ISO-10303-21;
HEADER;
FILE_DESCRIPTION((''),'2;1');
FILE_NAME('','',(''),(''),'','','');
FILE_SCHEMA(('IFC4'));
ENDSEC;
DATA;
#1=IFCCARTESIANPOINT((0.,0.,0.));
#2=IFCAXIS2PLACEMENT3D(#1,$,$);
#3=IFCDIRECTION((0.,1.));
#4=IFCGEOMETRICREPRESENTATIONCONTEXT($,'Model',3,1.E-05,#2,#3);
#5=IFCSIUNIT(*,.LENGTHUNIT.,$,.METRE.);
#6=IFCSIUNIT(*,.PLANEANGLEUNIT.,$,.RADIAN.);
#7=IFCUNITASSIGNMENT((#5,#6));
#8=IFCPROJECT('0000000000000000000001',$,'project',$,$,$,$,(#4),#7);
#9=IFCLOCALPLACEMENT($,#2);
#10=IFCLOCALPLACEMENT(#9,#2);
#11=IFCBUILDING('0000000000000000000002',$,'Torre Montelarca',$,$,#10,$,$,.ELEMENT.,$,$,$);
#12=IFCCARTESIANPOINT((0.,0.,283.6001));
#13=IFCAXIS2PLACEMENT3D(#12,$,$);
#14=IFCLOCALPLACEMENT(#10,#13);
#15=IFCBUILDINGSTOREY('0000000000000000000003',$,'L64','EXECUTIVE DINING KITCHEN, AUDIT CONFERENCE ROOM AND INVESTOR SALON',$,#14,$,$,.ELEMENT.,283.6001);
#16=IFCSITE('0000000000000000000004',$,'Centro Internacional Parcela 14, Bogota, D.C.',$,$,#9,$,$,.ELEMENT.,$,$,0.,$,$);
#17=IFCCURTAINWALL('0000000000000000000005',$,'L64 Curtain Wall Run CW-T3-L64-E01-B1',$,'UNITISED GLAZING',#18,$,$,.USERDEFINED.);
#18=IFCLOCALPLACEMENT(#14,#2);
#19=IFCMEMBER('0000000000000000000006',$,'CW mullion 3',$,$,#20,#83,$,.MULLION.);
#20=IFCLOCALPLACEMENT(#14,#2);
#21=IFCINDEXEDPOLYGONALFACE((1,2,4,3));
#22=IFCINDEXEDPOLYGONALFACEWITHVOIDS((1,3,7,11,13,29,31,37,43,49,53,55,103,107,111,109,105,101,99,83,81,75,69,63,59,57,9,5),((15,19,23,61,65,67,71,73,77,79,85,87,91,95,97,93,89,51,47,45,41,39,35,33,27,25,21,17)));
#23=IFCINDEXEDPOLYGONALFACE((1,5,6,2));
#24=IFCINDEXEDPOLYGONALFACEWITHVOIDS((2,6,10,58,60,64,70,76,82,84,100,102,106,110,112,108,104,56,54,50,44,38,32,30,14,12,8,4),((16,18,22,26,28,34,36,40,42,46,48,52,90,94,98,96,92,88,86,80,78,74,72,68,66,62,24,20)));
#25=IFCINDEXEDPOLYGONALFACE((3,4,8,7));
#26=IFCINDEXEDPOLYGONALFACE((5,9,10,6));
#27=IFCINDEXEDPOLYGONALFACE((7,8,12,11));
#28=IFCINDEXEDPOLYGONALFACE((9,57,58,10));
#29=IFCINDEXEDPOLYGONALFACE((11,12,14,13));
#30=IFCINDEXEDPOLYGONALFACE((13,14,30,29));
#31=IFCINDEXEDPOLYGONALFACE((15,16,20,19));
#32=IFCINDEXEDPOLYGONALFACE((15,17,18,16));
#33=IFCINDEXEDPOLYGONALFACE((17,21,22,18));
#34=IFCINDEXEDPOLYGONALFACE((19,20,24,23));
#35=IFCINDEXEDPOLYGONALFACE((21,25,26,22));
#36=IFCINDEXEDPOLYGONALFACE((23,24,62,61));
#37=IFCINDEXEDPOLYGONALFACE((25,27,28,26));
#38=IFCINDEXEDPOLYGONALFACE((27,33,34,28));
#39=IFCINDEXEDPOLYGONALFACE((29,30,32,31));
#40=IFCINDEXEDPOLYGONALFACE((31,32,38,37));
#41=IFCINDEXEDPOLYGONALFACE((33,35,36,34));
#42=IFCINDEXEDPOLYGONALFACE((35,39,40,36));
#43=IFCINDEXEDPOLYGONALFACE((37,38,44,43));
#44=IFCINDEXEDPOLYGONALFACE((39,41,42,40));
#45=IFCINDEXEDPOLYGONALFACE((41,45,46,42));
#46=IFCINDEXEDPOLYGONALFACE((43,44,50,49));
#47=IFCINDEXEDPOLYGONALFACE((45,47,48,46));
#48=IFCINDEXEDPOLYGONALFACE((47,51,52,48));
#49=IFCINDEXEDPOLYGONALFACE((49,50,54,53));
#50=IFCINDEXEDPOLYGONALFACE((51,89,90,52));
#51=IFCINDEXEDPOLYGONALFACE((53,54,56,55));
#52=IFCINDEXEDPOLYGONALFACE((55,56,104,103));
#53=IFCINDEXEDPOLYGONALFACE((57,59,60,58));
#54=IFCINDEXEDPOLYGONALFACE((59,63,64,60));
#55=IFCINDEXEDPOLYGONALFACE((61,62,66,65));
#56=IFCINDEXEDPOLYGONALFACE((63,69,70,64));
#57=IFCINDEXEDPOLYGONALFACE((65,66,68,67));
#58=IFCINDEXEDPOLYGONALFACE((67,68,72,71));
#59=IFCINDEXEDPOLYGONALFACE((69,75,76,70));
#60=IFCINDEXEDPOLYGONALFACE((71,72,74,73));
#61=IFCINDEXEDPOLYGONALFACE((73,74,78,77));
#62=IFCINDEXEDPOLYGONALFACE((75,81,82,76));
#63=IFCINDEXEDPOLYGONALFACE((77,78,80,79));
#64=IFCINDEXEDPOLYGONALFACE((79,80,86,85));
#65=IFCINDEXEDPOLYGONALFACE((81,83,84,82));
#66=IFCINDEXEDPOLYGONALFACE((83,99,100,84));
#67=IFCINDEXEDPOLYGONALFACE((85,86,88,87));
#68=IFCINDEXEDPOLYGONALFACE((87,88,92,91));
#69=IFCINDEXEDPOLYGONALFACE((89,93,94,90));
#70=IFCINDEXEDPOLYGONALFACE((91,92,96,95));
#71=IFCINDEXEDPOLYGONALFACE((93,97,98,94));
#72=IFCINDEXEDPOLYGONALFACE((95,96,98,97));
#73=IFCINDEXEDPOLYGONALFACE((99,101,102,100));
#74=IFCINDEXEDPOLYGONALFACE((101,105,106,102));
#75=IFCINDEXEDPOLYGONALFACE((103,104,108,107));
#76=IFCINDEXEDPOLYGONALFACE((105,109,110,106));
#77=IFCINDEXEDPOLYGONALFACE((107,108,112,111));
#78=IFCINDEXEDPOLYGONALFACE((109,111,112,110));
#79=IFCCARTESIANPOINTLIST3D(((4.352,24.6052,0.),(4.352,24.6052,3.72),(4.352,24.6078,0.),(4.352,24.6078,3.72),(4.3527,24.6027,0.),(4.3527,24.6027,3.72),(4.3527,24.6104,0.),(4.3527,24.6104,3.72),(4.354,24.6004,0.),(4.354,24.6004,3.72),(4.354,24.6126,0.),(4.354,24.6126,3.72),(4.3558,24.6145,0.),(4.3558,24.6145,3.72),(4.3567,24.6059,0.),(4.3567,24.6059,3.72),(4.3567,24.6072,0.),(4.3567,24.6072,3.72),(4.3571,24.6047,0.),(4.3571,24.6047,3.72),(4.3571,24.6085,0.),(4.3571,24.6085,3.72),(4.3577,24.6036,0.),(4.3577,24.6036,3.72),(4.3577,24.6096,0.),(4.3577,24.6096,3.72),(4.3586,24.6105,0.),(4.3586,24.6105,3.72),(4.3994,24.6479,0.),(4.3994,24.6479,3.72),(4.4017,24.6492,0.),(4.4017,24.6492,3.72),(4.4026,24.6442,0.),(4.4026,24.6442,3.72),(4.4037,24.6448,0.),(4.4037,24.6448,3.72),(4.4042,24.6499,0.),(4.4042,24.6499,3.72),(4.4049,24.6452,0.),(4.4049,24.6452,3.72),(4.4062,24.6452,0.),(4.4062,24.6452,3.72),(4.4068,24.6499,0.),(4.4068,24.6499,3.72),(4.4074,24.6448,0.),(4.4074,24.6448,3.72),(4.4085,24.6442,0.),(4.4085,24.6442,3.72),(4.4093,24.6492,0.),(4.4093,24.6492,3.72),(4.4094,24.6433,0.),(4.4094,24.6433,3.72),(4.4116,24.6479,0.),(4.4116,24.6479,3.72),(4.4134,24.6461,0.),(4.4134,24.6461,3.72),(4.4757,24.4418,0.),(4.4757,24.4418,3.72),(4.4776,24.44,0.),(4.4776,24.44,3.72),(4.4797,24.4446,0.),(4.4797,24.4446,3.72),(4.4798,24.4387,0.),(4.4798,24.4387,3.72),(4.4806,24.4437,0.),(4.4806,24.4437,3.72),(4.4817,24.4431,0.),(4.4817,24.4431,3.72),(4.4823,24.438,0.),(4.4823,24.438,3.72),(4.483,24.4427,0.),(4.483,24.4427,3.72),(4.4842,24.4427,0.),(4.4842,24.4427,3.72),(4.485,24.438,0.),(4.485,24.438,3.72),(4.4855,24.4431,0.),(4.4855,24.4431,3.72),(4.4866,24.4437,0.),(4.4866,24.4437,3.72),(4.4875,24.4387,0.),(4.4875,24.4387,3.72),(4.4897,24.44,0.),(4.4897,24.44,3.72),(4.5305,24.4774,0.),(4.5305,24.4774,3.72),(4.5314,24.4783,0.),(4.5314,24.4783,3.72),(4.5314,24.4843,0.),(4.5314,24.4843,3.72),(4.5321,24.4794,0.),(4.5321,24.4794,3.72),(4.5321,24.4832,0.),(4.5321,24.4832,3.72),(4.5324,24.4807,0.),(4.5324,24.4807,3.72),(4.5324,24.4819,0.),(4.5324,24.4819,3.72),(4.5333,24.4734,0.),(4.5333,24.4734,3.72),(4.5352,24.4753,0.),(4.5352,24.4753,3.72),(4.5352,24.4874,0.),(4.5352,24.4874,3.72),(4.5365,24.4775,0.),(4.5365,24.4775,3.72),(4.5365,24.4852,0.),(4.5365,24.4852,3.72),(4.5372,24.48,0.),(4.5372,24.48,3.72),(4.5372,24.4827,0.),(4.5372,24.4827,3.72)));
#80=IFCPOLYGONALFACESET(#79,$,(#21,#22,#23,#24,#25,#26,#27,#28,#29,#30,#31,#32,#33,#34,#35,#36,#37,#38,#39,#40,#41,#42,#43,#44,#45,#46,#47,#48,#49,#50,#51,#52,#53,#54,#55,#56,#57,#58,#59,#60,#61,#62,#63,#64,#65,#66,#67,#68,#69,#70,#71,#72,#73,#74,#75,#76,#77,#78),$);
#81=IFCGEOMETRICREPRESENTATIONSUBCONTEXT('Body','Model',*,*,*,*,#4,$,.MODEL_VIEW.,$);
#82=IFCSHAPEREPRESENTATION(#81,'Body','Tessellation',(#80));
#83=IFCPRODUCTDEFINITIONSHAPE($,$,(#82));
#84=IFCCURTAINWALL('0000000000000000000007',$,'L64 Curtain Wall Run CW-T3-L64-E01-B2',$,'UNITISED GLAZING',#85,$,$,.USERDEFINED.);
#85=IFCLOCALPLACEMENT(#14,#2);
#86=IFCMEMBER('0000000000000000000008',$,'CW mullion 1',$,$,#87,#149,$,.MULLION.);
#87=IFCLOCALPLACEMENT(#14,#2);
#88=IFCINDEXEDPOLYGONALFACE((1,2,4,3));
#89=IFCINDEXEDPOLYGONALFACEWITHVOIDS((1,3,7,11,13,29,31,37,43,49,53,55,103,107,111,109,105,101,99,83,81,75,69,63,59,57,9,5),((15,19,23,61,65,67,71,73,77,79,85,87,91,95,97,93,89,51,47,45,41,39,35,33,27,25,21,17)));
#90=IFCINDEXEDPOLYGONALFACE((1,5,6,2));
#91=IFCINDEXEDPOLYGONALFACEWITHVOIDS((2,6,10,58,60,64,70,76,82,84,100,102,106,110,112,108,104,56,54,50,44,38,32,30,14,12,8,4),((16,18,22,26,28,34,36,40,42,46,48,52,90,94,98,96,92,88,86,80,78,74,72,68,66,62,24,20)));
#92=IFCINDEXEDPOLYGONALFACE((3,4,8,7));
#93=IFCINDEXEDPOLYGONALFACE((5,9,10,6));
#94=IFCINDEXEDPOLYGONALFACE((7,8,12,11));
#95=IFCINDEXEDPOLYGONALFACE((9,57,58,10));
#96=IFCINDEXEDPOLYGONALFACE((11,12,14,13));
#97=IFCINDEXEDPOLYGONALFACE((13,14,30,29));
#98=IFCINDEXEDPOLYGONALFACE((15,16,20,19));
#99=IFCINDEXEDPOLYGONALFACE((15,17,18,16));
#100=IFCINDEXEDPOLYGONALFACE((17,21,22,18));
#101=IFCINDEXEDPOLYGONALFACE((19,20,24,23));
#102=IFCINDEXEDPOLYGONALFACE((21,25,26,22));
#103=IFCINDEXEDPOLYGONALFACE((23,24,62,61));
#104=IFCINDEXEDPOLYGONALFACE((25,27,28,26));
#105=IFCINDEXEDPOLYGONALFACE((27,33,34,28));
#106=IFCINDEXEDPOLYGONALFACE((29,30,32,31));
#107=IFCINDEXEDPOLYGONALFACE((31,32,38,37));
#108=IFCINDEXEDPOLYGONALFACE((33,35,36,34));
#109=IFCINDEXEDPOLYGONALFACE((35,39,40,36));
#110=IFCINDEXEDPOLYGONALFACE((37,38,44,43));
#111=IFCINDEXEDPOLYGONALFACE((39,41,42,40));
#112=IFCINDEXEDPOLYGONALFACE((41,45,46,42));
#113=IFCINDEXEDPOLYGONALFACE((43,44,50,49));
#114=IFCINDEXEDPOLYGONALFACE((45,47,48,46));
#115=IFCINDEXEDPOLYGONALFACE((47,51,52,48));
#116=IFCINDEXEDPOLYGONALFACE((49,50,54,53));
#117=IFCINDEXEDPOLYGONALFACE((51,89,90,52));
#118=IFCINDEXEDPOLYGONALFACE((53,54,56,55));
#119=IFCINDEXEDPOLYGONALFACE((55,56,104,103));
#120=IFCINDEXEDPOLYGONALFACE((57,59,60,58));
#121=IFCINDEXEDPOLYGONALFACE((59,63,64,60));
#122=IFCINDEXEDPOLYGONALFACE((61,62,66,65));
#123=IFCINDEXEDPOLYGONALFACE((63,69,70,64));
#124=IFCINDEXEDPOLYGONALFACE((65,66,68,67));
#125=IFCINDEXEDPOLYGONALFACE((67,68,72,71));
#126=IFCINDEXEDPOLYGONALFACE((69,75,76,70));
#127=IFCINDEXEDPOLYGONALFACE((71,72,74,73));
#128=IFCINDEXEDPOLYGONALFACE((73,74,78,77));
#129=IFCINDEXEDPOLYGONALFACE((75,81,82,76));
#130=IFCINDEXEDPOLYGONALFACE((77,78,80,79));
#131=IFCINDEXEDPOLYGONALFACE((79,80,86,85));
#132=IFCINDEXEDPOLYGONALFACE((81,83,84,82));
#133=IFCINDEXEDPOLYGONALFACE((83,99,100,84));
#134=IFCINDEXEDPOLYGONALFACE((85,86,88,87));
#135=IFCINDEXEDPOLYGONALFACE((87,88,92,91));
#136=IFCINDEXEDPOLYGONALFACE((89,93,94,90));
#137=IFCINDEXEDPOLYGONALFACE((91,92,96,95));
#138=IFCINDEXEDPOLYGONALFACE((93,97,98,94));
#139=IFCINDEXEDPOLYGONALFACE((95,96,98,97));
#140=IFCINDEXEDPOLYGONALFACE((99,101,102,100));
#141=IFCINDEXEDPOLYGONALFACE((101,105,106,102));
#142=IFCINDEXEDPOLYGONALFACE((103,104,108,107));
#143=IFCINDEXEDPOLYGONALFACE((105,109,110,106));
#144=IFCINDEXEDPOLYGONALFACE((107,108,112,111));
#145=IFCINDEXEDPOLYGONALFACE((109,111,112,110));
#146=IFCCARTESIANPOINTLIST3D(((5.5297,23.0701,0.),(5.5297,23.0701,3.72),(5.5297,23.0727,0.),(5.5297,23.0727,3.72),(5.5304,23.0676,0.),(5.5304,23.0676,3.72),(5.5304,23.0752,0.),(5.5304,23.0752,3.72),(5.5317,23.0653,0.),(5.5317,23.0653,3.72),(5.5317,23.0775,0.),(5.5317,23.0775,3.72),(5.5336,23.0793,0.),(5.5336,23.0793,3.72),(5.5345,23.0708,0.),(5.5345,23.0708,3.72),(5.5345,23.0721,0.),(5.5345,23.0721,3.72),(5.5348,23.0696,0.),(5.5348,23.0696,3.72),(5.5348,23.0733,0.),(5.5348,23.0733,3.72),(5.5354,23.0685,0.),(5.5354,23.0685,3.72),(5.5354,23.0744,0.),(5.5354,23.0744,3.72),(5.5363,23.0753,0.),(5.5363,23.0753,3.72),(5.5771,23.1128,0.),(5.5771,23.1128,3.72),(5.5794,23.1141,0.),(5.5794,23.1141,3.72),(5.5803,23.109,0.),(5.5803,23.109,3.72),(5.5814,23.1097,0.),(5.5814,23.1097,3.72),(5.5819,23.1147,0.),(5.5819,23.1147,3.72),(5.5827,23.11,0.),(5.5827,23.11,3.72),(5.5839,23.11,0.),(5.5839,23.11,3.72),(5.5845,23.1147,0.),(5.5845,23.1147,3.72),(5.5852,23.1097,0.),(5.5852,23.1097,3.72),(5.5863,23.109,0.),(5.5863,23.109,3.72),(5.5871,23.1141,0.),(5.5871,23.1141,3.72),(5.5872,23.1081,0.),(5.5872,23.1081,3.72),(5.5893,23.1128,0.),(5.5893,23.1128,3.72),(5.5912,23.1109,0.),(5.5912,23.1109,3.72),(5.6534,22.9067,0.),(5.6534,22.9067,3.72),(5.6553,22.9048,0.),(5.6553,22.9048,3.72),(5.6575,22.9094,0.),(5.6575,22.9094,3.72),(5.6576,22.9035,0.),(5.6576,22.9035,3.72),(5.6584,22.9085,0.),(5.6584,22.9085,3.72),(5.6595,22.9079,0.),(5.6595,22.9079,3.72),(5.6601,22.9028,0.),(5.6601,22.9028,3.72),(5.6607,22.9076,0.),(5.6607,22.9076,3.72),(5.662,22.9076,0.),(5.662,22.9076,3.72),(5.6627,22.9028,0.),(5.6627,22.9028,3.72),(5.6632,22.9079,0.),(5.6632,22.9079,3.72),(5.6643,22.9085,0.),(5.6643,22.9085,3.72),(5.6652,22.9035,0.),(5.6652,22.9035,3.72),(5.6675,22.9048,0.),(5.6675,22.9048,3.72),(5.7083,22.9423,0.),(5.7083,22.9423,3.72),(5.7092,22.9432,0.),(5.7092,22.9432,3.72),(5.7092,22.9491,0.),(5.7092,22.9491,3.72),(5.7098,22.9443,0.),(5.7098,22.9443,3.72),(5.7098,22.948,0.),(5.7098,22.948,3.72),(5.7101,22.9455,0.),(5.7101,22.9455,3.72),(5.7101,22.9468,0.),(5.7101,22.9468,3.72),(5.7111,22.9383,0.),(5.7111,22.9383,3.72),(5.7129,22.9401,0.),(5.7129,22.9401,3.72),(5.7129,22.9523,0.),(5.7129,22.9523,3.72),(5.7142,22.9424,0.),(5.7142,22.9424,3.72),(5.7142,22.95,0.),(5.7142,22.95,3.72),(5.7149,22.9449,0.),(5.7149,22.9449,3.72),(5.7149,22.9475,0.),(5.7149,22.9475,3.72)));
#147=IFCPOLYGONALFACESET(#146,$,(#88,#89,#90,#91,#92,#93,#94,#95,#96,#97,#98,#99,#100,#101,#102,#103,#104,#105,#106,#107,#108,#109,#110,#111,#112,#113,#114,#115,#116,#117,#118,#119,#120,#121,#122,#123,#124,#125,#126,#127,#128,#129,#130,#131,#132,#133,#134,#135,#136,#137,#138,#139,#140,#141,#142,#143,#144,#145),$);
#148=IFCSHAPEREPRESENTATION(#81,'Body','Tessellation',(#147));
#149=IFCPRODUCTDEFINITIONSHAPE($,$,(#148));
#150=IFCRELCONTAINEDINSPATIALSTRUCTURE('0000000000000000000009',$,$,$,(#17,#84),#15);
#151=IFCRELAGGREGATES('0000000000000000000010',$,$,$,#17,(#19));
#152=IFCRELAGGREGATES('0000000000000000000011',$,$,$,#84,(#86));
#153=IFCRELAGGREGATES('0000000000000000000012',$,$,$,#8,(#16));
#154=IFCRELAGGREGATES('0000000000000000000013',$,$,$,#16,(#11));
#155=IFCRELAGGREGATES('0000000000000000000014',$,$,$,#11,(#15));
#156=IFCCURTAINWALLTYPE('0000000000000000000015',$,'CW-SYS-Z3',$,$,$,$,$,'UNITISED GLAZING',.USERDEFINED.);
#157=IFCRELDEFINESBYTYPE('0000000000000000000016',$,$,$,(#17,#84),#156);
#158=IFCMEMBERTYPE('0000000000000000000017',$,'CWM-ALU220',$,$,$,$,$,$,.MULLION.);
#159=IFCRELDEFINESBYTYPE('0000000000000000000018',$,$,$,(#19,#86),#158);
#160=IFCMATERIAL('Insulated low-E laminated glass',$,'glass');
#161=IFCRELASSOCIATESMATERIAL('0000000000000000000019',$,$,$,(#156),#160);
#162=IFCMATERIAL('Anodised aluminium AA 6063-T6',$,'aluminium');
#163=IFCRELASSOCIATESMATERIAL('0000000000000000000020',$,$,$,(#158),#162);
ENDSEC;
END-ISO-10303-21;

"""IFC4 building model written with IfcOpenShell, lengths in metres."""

from ifc_helpers import new_model, si_unit, direction, frame, origin, origin_2d, place, context, subcontext, project, spatial, hollow_rectangle, extrude, source, transform, mapped, material, material_profile, profile_set, type_object, element, aggregate, save


model = new_model("IFC4")

# Units and contexts
model_context = context("Model", 3, precision=1e-05, world=origin(), true_north=direction((0.0, 1.0)))
body_context = subcontext(model_context, "Body", "Model", "MODEL_VIEW")
ifc_project = project(units=[si_unit("LENGTHUNIT", "METRE"), si_unit("PLANEANGLEUNIT", "RADIAN")], contexts=[model_context])

# Site, building, storey
site_placement = place(None, origin())
site = spatial("IfcSite", under=ifc_project, at=site_placement, Name="Centro Internacional Parcela 14, Bogota, D.C.", CompositionType="ELEMENT", RefElevation=0.0)
building_placement = place(site_placement, origin())
building = spatial("IfcBuilding", under=site, at=building_placement, Name="Torre Montelarca", CompositionType="ELEMENT")
storey_placement = place(building_placement, frame((0.0, 0.0, 283.6001)))
storey = spatial("IfcBuildingStorey", under=building, at=storey_placement, Name="L64", Description="EXECUTIVE DINING KITCHEN, AUDIT CONFERENCE ROOM AND INVESTOR SALON", CompositionType="ELEMENT", Elevation=283.6001)

# Curtain walls, members
ifc_material_1 = material(Name="Insulated low-E laminated glass", Category="glass")
curtain_wall_type = type_object("IfcCurtainWallType", Name="CW-SYS-Z3", ElementType="UNITISED GLAZING", PredefinedType="USERDEFINED", material=ifc_material_1)
curtain_wall_1_placement = place(storey_placement, origin())
curtain_wall_1 = element("IfcCurtainWall", 1, at=curtain_wall_1_placement, inside=storey, type_object=curtain_wall_type, Name="L64 Curtain Wall Run CW-T3-L64-E01-B1", ObjectType="UNITISED GLAZING", PredefinedType="USERDEFINED")
ifc_material_2 = material(Name="Anodised aluminium AA 6063-T6", Category="aluminium")
ifc_material_profile_1 = material_profile(ifc_material_2, hollow_rectangle(XDim=0.075, YDim=0.22, WallThickness=0.0049, InnerFilletRadius=0.0049, OuterFilletRadius=0.01, at=origin_2d()), Name="ALU75X220X5", Category="aluminium")
ifc_profile_set_1 = profile_set([ifc_material_profile_1], Name="Anodised aluminium AA 6063-T6")
member_type_1 = type_object("IfcMemberType", Name="CWM-ALU220", PredefinedType="MULLION", material=ifc_profile_set_1)
shared_shape_1 = source(origin(), body_context, "Body", "SweptSolid", [
    extrude(hollow_rectangle(XDim=0.075, YDim=0.22, WallThickness=0.0049, InnerFilletRadius=0.0049, OuterFilletRadius=0.01, at=origin_2d()), origin(), (0.0, 0.0, 1.0), 3.72),
])
member_1_placement = place(storey_placement, frame((4.4446, 24.5439, 0.0), z_axis=(0.0, 0.0, 1.0), x_axis=(0.793348, 0.608768, 0.0)))
member_1 = element("IfcMember", 2, at=member_1_placement, type_object=member_type_1, Name="CW mullion 3", PredefinedType="MULLION", context=body_context, shape_type="MappedRepresentation", body=[
    mapped(shared_shape_1, transform((0.0, 0.0, 0.0), scale=1.0)),
])
curtain_wall_2_placement = place(storey_placement, origin())
curtain_wall_2 = element("IfcCurtainWall", 3, at=curtain_wall_2_placement, inside=storey, type_object=curtain_wall_type, Name="L64 Curtain Wall Run CW-T3-L64-E01-B2", ObjectType="UNITISED GLAZING", PredefinedType="USERDEFINED")
member_2_placement = place(storey_placement, frame((5.6223, 23.0088, 0.0), z_axis=(0.0, 0.0, 1.0), x_axis=(0.793351, 0.608765, 0.0)))
member_2 = element("IfcMember", 4, at=member_2_placement, type_object=member_type_1, Name="CW mullion 1", PredefinedType="MULLION", context=body_context, shape_type="MappedRepresentation", body=[
    mapped(shared_shape_1, transform((0.0, 0.0, 0.0), scale=1.0)),
])

aggregate(curtain_wall_1, [member_1])
aggregate(curtain_wall_2, [member_2])

save(model, "model.ifc")
